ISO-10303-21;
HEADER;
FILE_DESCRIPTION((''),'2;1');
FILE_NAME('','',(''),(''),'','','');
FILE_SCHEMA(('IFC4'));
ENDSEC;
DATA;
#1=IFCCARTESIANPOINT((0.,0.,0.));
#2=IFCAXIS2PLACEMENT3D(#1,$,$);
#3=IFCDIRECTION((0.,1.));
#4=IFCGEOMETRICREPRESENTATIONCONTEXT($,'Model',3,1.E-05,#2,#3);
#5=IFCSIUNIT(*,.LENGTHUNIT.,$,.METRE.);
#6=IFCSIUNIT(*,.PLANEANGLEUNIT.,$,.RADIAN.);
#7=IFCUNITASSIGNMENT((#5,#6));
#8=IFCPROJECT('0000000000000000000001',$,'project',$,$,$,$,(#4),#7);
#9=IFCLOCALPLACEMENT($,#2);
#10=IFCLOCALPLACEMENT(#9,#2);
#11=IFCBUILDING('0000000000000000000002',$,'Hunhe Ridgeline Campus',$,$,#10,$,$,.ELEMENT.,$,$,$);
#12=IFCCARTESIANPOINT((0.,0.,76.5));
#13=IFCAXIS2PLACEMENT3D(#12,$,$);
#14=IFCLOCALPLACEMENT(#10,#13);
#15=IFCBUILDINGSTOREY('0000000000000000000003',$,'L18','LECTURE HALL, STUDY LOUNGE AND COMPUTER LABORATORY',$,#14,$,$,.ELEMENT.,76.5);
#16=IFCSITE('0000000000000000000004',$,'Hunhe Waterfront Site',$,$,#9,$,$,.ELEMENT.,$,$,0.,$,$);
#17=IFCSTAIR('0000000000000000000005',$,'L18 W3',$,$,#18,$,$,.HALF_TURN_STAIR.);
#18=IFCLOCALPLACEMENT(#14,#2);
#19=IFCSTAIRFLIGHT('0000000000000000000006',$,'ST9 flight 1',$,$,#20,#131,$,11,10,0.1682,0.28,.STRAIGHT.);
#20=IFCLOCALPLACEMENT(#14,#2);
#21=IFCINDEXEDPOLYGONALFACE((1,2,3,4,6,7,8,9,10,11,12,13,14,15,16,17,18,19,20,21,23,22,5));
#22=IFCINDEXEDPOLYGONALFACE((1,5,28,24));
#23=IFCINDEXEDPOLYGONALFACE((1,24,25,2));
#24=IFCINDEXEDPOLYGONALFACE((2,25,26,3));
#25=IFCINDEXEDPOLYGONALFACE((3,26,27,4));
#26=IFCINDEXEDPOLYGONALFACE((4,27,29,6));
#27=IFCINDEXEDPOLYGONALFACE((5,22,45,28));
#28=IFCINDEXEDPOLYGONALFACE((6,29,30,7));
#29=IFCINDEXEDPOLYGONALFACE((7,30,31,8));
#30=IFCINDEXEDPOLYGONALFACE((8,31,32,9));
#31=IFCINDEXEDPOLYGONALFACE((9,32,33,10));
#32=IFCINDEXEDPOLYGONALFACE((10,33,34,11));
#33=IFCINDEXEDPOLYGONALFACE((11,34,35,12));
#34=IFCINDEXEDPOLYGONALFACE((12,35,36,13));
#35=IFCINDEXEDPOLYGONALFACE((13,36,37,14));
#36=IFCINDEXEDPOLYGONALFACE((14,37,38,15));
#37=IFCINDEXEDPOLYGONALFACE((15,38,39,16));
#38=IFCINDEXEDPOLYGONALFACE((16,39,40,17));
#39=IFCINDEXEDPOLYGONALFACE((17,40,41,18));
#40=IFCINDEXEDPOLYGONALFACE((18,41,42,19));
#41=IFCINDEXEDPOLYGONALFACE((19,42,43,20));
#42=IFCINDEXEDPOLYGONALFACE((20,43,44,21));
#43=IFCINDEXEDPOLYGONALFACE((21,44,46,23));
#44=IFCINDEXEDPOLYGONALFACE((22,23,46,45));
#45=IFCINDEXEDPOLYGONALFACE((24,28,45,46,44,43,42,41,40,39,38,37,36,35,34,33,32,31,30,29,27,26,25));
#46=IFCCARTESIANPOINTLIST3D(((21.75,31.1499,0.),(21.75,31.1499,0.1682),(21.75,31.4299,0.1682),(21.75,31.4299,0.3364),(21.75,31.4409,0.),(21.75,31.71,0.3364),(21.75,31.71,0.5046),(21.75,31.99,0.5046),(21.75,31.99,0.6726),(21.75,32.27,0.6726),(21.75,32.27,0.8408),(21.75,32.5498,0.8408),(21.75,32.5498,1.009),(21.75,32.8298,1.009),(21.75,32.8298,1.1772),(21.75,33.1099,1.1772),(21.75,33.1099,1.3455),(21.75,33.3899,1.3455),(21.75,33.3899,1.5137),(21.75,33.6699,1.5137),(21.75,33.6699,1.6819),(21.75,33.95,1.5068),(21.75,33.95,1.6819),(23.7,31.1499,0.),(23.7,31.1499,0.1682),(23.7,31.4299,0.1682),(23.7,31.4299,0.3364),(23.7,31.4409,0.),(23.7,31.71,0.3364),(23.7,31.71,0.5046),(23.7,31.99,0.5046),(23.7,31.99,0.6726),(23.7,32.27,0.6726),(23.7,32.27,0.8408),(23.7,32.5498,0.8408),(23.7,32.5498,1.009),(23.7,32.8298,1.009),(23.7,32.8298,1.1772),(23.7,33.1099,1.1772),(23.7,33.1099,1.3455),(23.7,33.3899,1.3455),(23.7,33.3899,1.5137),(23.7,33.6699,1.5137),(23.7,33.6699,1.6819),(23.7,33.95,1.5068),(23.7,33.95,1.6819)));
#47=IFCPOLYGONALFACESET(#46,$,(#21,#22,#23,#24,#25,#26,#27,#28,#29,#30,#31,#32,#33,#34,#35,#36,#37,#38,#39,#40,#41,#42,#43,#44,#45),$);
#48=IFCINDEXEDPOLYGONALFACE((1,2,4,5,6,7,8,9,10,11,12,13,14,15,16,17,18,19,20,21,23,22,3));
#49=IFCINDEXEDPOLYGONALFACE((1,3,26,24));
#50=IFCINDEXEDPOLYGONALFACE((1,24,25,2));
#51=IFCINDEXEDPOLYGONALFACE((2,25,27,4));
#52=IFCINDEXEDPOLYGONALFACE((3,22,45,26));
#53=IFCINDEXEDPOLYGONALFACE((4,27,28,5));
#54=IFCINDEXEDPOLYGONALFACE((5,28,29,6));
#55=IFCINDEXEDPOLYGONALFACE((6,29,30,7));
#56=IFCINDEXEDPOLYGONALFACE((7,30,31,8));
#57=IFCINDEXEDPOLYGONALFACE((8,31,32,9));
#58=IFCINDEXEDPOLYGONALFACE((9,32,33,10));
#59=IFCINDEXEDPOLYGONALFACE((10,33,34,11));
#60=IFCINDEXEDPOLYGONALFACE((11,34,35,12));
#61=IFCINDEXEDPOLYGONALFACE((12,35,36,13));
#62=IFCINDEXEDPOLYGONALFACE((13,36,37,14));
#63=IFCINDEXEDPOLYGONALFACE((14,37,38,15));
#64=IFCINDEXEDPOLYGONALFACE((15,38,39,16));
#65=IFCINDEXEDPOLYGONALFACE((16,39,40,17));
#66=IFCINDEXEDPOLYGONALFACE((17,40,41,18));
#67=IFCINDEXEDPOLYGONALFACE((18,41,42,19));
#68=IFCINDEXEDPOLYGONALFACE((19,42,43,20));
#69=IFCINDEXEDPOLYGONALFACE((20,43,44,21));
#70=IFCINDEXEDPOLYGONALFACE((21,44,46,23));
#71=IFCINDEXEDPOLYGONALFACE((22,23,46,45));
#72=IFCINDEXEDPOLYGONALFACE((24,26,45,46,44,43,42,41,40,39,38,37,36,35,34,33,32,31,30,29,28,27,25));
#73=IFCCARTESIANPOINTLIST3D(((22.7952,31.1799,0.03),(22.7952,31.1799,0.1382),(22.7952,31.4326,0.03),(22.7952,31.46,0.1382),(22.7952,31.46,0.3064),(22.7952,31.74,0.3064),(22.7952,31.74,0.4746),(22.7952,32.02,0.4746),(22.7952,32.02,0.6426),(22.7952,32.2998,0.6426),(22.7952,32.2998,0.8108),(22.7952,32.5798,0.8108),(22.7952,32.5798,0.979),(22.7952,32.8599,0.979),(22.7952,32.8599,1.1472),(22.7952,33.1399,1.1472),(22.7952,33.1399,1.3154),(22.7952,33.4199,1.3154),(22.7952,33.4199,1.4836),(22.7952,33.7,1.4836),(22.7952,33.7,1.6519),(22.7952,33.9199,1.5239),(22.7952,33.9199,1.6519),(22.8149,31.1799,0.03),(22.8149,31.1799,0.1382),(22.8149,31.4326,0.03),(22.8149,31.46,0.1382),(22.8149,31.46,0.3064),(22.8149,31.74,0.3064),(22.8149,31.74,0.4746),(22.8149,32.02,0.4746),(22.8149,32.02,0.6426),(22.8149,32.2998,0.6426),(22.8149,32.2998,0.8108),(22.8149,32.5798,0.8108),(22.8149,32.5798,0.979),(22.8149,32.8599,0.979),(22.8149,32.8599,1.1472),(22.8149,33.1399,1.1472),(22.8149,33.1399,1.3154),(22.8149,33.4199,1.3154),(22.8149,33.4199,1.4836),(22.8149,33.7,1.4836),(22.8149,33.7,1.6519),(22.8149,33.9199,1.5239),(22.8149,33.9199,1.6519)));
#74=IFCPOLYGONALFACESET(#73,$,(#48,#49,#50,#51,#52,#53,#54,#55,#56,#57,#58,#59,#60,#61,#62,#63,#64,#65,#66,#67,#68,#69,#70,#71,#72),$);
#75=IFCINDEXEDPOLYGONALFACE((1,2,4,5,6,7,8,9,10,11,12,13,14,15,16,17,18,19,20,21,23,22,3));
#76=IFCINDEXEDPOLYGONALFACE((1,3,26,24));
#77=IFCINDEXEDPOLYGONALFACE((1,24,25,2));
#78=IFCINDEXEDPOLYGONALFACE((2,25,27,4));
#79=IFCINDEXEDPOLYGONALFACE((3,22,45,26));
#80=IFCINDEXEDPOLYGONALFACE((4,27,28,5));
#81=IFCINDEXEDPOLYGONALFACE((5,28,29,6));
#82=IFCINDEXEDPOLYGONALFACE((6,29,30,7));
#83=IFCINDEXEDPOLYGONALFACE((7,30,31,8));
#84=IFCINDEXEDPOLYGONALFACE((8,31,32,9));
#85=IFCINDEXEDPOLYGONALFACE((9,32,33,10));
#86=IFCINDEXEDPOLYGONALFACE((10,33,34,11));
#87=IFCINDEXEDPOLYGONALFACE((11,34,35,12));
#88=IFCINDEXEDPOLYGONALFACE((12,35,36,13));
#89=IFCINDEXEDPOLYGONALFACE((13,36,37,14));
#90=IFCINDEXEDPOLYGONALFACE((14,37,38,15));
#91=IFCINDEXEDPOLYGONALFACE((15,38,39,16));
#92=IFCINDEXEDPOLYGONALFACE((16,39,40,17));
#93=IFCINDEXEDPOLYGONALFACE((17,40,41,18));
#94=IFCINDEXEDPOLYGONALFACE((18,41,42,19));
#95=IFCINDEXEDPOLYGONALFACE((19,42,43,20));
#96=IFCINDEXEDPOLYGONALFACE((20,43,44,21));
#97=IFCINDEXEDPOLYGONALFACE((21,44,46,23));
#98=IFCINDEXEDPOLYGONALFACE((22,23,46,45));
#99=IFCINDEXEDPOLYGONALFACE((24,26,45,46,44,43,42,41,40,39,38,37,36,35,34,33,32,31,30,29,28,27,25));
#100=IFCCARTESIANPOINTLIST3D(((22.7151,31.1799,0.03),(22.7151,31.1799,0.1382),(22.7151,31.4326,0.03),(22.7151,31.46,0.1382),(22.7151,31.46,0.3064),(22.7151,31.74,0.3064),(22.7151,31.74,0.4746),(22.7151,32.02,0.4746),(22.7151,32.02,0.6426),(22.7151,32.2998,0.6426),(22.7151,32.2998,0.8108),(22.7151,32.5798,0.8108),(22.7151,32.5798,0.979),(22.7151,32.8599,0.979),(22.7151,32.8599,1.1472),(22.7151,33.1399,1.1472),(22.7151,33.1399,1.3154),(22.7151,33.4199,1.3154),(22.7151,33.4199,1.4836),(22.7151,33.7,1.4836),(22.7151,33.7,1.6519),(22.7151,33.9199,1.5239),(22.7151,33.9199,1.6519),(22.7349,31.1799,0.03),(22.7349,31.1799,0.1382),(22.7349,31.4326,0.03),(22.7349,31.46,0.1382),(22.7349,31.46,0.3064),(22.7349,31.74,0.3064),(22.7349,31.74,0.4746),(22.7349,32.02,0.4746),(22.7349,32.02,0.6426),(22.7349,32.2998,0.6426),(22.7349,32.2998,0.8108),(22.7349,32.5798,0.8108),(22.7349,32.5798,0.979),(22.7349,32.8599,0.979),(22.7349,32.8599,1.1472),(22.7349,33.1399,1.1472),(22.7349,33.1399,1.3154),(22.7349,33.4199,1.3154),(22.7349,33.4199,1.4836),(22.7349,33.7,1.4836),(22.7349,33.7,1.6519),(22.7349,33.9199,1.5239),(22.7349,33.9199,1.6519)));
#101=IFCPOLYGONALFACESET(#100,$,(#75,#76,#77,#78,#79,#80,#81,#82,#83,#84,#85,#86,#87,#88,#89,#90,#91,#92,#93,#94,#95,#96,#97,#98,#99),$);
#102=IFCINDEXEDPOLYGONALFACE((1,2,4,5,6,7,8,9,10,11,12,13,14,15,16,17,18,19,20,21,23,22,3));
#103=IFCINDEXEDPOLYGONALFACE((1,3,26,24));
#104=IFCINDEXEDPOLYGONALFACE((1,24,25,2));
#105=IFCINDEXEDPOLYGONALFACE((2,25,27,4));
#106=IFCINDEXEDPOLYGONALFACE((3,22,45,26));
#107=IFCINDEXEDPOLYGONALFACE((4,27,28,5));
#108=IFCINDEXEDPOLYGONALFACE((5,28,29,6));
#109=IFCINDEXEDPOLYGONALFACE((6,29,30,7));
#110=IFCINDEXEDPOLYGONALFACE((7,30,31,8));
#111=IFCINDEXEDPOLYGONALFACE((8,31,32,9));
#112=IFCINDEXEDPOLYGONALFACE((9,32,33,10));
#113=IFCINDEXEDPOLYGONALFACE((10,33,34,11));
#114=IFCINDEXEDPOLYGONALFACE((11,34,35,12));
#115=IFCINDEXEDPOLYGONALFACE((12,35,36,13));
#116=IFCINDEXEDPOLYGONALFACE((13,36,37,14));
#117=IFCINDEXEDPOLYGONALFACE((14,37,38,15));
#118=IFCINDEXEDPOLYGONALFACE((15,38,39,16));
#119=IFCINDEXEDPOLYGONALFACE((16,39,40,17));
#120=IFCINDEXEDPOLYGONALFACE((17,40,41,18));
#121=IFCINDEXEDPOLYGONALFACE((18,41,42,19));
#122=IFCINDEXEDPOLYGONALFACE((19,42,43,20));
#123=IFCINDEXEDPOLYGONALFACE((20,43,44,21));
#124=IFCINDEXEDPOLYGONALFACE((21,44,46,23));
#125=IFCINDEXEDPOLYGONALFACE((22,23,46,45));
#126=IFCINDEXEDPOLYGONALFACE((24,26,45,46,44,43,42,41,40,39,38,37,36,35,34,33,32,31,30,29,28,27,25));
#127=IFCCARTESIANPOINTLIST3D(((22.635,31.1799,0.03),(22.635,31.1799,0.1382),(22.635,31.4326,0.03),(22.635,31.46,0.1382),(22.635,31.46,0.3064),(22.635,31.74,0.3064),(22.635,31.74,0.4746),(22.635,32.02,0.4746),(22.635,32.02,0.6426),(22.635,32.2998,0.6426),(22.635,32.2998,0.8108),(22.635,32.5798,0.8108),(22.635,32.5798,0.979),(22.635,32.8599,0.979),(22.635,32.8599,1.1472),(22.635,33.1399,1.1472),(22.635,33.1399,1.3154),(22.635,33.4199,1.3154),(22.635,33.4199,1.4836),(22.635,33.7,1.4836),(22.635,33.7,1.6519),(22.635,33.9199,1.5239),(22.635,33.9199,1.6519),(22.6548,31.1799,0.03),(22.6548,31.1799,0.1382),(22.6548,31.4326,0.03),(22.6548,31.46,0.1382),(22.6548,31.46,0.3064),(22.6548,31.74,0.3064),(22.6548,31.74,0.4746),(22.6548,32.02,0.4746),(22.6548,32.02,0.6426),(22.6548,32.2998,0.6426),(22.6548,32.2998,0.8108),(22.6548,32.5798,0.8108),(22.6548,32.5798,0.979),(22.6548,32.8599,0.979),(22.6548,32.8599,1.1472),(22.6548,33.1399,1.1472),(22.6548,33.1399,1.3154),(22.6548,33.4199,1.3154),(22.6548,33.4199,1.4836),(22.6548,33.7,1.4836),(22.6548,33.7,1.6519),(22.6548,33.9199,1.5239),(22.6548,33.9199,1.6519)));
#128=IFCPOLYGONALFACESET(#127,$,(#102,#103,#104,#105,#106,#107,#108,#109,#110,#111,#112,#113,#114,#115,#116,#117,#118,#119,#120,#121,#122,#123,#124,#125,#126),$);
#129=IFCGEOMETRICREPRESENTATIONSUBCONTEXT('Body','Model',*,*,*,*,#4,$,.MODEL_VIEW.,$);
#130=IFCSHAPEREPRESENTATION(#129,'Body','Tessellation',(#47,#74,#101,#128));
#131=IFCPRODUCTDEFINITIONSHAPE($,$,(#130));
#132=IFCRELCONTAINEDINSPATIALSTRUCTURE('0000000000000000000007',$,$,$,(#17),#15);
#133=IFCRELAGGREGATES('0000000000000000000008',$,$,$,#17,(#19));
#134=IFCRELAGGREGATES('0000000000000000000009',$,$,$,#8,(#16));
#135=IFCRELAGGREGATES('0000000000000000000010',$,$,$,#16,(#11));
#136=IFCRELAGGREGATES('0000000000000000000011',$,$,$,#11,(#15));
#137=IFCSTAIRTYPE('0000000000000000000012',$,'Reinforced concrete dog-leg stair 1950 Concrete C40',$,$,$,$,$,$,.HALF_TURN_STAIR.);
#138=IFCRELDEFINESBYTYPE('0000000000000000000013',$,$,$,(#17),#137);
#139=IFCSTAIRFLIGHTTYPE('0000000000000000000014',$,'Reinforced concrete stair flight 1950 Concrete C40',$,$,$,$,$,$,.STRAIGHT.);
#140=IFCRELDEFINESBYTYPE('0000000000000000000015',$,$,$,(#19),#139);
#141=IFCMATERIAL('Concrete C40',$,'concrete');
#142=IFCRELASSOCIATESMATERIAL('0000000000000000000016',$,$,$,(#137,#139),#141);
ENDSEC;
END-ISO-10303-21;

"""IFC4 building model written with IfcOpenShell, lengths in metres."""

from ifc_helpers import new_model, si_unit, direction, frame, origin, place, context, subcontext, project, spatial, polyline, outline, extrude, material, type_object, element, aggregate, save


model = new_model("IFC4")

# Units and contexts
model_context = context("Model", 3, precision=1e-05, world=origin(), true_north=direction((0.0, 1.0)))
body_context = subcontext(model_context, "Body", "Model", "MODEL_VIEW")
ifc_project = project(units=[si_unit("LENGTHUNIT", "METRE"), si_unit("PLANEANGLEUNIT", "RADIAN")], contexts=[model_context])

# Site, building, storey
site_placement = place(None, origin())
site = spatial("IfcSite", under=ifc_project, at=site_placement, Name="Hunhe Waterfront Site", CompositionType="ELEMENT", RefElevation=0.0)
building_placement = place(site_placement, origin())
building = spatial("IfcBuilding", under=site, at=building_placement, Name="Hunhe Ridgeline Campus", CompositionType="ELEMENT")
storey_placement = place(building_placement, frame((0.0, 0.0, 76.5)))
storey = spatial("IfcBuildingStorey", under=building, at=storey_placement, Name="L18", Description="LECTURE HALL, STUDY LOUNGE AND COMPUTER LABORATORY", CompositionType="ELEMENT", Elevation=76.5)

# Stair, stair flight
ifc_material_1 = material(Name="Concrete C40", Category="concrete")
stair_type = type_object("IfcStairType", Name="Reinforced concrete dog-leg stair 1950 Concrete C40", PredefinedType="HALF_TURN_STAIR", material=ifc_material_1)
stair_placement = place(storey_placement, origin())
stair = element("IfcStair", 1, at=stair_placement, inside=storey, type_object=stair_type, Name="L18 W3", PredefinedType="HALF_TURN_STAIR")
stair_flight_type = type_object("IfcStairFlightType", Name="Reinforced concrete stair flight 1950 Concrete C40", PredefinedType="STRAIGHT", material=ifc_material_1)
stair_flight_placement = place(storey_placement, frame((22.7251, 31.1499, 0.0), z_axis=(0.0, 0.0, 1.0), x_axis=(0.0, 1.0, 0.0)))
stair_flight = element("IfcStairFlight", 2, at=stair_flight_placement, type_object=stair_flight_type, Name="ST9 flight 1", NumberOfRisers=11, NumberOfTreads=10, PredefinedType="STRAIGHT", RiserHeight=0.1682, TreadLength=0.28, context=body_context, shape_type="SweptSolid", body=[
    extrude(outline(polyline([(0.0, 0.0), (0.0, 0.1682), (0.28, 0.1682), (0.28, 0.3364), (0.5601, 0.3364), (0.5601, 0.5046), (0.8401, 0.5046), (0.8401, 0.6726), (1.1201, 0.6726), (1.1201, 0.8408), (1.3999, 0.8408), (1.3999, 1.009), (1.6799, 1.009), (1.6799, 1.1772), (1.96, 1.1772), (1.96, 1.3455), (2.24, 1.3455), (2.24, 1.5137), (2.52, 1.5137), (2.52, 1.6819), (2.8, 1.6819), (2.8, 1.8501), (2.8, 1.5068), (0.291, 0.0), (0.0, 0.0)])), frame((0.0, 0.9751, 0.0), z_axis=(0.0, -1.0, 0.0), x_axis=(1.0, 0.0, 0.0)), (0.0, 0.0, 1.0), 1.95),
    extrude(outline(polyline([(0.03, 0.03), (0.03, 0.1382), (0.3101, 0.1382), (0.3101, 0.3064), (0.5901, 0.3064), (0.5901, 0.4746), (0.8701, 0.4746), (0.8701, 0.6426), (1.1499, 0.6426), (1.1499, 0.8108), (1.4299, 0.8108), (1.4299, 0.979), (1.71, 0.979), (1.71, 1.1472), (1.99, 1.1472), (1.99, 1.3154), (2.27, 1.3154), (2.27, 1.4836), (2.55, 1.4836), (2.55, 1.6519), (2.77, 1.6519), (2.77, 1.5239), (0.2827, 0.03), (0.03, 0.03)])), frame((0.0, -0.0701, 0.0), z_axis=(0.0, -1.0, 0.0), x_axis=(1.0, 0.0, 0.0)), (0.0, 0.0, 1.0), 0.0198),
    extrude(outline(polyline([(0.03, 0.03), (0.03, 0.1382), (0.3101, 0.1382), (0.3101, 0.3064), (0.5901, 0.3064), (0.5901, 0.4746), (0.8701, 0.4746), (0.8701, 0.6426), (1.1499, 0.6426), (1.1499, 0.8108), (1.4299, 0.8108), (1.4299, 0.979), (1.71, 0.979), (1.71, 1.1472), (1.99, 1.1472), (1.99, 1.3154), (2.27, 1.3154), (2.27, 1.4836), (2.55, 1.4836), (2.55, 1.6519), (2.77, 1.6519), (2.77, 1.5239), (0.2827, 0.03), (0.03, 0.03)])), frame((0.0, 0.01, 0.0), z_axis=(0.0, -1.0, 0.0), x_axis=(1.0, 0.0, 0.0)), (0.0, 0.0, 1.0), 0.0198),
    extrude(outline(polyline([(0.03, 0.03), (0.03, 0.1382), (0.3101, 0.1382), (0.3101, 0.3064), (0.5901, 0.3064), (0.5901, 0.4746), (0.8701, 0.4746), (0.8701, 0.6426), (1.1499, 0.6426), (1.1499, 0.8108), (1.4299, 0.8108), (1.4299, 0.979), (1.71, 0.979), (1.71, 1.1472), (1.99, 1.1472), (1.99, 1.3154), (2.27, 1.3154), (2.27, 1.4836), (2.55, 1.4836), (2.55, 1.6519), (2.77, 1.6519), (2.77, 1.5239), (0.2827, 0.03), (0.03, 0.03)])), frame((0.0, 0.0901, 0.0), z_axis=(0.0, -1.0, 0.0), x_axis=(1.0, 0.0, 0.0)), (0.0, 0.0, 1.0), 0.0198),
])
aggregate(stair, [stair_flight])

save(model, "model.ifc")
